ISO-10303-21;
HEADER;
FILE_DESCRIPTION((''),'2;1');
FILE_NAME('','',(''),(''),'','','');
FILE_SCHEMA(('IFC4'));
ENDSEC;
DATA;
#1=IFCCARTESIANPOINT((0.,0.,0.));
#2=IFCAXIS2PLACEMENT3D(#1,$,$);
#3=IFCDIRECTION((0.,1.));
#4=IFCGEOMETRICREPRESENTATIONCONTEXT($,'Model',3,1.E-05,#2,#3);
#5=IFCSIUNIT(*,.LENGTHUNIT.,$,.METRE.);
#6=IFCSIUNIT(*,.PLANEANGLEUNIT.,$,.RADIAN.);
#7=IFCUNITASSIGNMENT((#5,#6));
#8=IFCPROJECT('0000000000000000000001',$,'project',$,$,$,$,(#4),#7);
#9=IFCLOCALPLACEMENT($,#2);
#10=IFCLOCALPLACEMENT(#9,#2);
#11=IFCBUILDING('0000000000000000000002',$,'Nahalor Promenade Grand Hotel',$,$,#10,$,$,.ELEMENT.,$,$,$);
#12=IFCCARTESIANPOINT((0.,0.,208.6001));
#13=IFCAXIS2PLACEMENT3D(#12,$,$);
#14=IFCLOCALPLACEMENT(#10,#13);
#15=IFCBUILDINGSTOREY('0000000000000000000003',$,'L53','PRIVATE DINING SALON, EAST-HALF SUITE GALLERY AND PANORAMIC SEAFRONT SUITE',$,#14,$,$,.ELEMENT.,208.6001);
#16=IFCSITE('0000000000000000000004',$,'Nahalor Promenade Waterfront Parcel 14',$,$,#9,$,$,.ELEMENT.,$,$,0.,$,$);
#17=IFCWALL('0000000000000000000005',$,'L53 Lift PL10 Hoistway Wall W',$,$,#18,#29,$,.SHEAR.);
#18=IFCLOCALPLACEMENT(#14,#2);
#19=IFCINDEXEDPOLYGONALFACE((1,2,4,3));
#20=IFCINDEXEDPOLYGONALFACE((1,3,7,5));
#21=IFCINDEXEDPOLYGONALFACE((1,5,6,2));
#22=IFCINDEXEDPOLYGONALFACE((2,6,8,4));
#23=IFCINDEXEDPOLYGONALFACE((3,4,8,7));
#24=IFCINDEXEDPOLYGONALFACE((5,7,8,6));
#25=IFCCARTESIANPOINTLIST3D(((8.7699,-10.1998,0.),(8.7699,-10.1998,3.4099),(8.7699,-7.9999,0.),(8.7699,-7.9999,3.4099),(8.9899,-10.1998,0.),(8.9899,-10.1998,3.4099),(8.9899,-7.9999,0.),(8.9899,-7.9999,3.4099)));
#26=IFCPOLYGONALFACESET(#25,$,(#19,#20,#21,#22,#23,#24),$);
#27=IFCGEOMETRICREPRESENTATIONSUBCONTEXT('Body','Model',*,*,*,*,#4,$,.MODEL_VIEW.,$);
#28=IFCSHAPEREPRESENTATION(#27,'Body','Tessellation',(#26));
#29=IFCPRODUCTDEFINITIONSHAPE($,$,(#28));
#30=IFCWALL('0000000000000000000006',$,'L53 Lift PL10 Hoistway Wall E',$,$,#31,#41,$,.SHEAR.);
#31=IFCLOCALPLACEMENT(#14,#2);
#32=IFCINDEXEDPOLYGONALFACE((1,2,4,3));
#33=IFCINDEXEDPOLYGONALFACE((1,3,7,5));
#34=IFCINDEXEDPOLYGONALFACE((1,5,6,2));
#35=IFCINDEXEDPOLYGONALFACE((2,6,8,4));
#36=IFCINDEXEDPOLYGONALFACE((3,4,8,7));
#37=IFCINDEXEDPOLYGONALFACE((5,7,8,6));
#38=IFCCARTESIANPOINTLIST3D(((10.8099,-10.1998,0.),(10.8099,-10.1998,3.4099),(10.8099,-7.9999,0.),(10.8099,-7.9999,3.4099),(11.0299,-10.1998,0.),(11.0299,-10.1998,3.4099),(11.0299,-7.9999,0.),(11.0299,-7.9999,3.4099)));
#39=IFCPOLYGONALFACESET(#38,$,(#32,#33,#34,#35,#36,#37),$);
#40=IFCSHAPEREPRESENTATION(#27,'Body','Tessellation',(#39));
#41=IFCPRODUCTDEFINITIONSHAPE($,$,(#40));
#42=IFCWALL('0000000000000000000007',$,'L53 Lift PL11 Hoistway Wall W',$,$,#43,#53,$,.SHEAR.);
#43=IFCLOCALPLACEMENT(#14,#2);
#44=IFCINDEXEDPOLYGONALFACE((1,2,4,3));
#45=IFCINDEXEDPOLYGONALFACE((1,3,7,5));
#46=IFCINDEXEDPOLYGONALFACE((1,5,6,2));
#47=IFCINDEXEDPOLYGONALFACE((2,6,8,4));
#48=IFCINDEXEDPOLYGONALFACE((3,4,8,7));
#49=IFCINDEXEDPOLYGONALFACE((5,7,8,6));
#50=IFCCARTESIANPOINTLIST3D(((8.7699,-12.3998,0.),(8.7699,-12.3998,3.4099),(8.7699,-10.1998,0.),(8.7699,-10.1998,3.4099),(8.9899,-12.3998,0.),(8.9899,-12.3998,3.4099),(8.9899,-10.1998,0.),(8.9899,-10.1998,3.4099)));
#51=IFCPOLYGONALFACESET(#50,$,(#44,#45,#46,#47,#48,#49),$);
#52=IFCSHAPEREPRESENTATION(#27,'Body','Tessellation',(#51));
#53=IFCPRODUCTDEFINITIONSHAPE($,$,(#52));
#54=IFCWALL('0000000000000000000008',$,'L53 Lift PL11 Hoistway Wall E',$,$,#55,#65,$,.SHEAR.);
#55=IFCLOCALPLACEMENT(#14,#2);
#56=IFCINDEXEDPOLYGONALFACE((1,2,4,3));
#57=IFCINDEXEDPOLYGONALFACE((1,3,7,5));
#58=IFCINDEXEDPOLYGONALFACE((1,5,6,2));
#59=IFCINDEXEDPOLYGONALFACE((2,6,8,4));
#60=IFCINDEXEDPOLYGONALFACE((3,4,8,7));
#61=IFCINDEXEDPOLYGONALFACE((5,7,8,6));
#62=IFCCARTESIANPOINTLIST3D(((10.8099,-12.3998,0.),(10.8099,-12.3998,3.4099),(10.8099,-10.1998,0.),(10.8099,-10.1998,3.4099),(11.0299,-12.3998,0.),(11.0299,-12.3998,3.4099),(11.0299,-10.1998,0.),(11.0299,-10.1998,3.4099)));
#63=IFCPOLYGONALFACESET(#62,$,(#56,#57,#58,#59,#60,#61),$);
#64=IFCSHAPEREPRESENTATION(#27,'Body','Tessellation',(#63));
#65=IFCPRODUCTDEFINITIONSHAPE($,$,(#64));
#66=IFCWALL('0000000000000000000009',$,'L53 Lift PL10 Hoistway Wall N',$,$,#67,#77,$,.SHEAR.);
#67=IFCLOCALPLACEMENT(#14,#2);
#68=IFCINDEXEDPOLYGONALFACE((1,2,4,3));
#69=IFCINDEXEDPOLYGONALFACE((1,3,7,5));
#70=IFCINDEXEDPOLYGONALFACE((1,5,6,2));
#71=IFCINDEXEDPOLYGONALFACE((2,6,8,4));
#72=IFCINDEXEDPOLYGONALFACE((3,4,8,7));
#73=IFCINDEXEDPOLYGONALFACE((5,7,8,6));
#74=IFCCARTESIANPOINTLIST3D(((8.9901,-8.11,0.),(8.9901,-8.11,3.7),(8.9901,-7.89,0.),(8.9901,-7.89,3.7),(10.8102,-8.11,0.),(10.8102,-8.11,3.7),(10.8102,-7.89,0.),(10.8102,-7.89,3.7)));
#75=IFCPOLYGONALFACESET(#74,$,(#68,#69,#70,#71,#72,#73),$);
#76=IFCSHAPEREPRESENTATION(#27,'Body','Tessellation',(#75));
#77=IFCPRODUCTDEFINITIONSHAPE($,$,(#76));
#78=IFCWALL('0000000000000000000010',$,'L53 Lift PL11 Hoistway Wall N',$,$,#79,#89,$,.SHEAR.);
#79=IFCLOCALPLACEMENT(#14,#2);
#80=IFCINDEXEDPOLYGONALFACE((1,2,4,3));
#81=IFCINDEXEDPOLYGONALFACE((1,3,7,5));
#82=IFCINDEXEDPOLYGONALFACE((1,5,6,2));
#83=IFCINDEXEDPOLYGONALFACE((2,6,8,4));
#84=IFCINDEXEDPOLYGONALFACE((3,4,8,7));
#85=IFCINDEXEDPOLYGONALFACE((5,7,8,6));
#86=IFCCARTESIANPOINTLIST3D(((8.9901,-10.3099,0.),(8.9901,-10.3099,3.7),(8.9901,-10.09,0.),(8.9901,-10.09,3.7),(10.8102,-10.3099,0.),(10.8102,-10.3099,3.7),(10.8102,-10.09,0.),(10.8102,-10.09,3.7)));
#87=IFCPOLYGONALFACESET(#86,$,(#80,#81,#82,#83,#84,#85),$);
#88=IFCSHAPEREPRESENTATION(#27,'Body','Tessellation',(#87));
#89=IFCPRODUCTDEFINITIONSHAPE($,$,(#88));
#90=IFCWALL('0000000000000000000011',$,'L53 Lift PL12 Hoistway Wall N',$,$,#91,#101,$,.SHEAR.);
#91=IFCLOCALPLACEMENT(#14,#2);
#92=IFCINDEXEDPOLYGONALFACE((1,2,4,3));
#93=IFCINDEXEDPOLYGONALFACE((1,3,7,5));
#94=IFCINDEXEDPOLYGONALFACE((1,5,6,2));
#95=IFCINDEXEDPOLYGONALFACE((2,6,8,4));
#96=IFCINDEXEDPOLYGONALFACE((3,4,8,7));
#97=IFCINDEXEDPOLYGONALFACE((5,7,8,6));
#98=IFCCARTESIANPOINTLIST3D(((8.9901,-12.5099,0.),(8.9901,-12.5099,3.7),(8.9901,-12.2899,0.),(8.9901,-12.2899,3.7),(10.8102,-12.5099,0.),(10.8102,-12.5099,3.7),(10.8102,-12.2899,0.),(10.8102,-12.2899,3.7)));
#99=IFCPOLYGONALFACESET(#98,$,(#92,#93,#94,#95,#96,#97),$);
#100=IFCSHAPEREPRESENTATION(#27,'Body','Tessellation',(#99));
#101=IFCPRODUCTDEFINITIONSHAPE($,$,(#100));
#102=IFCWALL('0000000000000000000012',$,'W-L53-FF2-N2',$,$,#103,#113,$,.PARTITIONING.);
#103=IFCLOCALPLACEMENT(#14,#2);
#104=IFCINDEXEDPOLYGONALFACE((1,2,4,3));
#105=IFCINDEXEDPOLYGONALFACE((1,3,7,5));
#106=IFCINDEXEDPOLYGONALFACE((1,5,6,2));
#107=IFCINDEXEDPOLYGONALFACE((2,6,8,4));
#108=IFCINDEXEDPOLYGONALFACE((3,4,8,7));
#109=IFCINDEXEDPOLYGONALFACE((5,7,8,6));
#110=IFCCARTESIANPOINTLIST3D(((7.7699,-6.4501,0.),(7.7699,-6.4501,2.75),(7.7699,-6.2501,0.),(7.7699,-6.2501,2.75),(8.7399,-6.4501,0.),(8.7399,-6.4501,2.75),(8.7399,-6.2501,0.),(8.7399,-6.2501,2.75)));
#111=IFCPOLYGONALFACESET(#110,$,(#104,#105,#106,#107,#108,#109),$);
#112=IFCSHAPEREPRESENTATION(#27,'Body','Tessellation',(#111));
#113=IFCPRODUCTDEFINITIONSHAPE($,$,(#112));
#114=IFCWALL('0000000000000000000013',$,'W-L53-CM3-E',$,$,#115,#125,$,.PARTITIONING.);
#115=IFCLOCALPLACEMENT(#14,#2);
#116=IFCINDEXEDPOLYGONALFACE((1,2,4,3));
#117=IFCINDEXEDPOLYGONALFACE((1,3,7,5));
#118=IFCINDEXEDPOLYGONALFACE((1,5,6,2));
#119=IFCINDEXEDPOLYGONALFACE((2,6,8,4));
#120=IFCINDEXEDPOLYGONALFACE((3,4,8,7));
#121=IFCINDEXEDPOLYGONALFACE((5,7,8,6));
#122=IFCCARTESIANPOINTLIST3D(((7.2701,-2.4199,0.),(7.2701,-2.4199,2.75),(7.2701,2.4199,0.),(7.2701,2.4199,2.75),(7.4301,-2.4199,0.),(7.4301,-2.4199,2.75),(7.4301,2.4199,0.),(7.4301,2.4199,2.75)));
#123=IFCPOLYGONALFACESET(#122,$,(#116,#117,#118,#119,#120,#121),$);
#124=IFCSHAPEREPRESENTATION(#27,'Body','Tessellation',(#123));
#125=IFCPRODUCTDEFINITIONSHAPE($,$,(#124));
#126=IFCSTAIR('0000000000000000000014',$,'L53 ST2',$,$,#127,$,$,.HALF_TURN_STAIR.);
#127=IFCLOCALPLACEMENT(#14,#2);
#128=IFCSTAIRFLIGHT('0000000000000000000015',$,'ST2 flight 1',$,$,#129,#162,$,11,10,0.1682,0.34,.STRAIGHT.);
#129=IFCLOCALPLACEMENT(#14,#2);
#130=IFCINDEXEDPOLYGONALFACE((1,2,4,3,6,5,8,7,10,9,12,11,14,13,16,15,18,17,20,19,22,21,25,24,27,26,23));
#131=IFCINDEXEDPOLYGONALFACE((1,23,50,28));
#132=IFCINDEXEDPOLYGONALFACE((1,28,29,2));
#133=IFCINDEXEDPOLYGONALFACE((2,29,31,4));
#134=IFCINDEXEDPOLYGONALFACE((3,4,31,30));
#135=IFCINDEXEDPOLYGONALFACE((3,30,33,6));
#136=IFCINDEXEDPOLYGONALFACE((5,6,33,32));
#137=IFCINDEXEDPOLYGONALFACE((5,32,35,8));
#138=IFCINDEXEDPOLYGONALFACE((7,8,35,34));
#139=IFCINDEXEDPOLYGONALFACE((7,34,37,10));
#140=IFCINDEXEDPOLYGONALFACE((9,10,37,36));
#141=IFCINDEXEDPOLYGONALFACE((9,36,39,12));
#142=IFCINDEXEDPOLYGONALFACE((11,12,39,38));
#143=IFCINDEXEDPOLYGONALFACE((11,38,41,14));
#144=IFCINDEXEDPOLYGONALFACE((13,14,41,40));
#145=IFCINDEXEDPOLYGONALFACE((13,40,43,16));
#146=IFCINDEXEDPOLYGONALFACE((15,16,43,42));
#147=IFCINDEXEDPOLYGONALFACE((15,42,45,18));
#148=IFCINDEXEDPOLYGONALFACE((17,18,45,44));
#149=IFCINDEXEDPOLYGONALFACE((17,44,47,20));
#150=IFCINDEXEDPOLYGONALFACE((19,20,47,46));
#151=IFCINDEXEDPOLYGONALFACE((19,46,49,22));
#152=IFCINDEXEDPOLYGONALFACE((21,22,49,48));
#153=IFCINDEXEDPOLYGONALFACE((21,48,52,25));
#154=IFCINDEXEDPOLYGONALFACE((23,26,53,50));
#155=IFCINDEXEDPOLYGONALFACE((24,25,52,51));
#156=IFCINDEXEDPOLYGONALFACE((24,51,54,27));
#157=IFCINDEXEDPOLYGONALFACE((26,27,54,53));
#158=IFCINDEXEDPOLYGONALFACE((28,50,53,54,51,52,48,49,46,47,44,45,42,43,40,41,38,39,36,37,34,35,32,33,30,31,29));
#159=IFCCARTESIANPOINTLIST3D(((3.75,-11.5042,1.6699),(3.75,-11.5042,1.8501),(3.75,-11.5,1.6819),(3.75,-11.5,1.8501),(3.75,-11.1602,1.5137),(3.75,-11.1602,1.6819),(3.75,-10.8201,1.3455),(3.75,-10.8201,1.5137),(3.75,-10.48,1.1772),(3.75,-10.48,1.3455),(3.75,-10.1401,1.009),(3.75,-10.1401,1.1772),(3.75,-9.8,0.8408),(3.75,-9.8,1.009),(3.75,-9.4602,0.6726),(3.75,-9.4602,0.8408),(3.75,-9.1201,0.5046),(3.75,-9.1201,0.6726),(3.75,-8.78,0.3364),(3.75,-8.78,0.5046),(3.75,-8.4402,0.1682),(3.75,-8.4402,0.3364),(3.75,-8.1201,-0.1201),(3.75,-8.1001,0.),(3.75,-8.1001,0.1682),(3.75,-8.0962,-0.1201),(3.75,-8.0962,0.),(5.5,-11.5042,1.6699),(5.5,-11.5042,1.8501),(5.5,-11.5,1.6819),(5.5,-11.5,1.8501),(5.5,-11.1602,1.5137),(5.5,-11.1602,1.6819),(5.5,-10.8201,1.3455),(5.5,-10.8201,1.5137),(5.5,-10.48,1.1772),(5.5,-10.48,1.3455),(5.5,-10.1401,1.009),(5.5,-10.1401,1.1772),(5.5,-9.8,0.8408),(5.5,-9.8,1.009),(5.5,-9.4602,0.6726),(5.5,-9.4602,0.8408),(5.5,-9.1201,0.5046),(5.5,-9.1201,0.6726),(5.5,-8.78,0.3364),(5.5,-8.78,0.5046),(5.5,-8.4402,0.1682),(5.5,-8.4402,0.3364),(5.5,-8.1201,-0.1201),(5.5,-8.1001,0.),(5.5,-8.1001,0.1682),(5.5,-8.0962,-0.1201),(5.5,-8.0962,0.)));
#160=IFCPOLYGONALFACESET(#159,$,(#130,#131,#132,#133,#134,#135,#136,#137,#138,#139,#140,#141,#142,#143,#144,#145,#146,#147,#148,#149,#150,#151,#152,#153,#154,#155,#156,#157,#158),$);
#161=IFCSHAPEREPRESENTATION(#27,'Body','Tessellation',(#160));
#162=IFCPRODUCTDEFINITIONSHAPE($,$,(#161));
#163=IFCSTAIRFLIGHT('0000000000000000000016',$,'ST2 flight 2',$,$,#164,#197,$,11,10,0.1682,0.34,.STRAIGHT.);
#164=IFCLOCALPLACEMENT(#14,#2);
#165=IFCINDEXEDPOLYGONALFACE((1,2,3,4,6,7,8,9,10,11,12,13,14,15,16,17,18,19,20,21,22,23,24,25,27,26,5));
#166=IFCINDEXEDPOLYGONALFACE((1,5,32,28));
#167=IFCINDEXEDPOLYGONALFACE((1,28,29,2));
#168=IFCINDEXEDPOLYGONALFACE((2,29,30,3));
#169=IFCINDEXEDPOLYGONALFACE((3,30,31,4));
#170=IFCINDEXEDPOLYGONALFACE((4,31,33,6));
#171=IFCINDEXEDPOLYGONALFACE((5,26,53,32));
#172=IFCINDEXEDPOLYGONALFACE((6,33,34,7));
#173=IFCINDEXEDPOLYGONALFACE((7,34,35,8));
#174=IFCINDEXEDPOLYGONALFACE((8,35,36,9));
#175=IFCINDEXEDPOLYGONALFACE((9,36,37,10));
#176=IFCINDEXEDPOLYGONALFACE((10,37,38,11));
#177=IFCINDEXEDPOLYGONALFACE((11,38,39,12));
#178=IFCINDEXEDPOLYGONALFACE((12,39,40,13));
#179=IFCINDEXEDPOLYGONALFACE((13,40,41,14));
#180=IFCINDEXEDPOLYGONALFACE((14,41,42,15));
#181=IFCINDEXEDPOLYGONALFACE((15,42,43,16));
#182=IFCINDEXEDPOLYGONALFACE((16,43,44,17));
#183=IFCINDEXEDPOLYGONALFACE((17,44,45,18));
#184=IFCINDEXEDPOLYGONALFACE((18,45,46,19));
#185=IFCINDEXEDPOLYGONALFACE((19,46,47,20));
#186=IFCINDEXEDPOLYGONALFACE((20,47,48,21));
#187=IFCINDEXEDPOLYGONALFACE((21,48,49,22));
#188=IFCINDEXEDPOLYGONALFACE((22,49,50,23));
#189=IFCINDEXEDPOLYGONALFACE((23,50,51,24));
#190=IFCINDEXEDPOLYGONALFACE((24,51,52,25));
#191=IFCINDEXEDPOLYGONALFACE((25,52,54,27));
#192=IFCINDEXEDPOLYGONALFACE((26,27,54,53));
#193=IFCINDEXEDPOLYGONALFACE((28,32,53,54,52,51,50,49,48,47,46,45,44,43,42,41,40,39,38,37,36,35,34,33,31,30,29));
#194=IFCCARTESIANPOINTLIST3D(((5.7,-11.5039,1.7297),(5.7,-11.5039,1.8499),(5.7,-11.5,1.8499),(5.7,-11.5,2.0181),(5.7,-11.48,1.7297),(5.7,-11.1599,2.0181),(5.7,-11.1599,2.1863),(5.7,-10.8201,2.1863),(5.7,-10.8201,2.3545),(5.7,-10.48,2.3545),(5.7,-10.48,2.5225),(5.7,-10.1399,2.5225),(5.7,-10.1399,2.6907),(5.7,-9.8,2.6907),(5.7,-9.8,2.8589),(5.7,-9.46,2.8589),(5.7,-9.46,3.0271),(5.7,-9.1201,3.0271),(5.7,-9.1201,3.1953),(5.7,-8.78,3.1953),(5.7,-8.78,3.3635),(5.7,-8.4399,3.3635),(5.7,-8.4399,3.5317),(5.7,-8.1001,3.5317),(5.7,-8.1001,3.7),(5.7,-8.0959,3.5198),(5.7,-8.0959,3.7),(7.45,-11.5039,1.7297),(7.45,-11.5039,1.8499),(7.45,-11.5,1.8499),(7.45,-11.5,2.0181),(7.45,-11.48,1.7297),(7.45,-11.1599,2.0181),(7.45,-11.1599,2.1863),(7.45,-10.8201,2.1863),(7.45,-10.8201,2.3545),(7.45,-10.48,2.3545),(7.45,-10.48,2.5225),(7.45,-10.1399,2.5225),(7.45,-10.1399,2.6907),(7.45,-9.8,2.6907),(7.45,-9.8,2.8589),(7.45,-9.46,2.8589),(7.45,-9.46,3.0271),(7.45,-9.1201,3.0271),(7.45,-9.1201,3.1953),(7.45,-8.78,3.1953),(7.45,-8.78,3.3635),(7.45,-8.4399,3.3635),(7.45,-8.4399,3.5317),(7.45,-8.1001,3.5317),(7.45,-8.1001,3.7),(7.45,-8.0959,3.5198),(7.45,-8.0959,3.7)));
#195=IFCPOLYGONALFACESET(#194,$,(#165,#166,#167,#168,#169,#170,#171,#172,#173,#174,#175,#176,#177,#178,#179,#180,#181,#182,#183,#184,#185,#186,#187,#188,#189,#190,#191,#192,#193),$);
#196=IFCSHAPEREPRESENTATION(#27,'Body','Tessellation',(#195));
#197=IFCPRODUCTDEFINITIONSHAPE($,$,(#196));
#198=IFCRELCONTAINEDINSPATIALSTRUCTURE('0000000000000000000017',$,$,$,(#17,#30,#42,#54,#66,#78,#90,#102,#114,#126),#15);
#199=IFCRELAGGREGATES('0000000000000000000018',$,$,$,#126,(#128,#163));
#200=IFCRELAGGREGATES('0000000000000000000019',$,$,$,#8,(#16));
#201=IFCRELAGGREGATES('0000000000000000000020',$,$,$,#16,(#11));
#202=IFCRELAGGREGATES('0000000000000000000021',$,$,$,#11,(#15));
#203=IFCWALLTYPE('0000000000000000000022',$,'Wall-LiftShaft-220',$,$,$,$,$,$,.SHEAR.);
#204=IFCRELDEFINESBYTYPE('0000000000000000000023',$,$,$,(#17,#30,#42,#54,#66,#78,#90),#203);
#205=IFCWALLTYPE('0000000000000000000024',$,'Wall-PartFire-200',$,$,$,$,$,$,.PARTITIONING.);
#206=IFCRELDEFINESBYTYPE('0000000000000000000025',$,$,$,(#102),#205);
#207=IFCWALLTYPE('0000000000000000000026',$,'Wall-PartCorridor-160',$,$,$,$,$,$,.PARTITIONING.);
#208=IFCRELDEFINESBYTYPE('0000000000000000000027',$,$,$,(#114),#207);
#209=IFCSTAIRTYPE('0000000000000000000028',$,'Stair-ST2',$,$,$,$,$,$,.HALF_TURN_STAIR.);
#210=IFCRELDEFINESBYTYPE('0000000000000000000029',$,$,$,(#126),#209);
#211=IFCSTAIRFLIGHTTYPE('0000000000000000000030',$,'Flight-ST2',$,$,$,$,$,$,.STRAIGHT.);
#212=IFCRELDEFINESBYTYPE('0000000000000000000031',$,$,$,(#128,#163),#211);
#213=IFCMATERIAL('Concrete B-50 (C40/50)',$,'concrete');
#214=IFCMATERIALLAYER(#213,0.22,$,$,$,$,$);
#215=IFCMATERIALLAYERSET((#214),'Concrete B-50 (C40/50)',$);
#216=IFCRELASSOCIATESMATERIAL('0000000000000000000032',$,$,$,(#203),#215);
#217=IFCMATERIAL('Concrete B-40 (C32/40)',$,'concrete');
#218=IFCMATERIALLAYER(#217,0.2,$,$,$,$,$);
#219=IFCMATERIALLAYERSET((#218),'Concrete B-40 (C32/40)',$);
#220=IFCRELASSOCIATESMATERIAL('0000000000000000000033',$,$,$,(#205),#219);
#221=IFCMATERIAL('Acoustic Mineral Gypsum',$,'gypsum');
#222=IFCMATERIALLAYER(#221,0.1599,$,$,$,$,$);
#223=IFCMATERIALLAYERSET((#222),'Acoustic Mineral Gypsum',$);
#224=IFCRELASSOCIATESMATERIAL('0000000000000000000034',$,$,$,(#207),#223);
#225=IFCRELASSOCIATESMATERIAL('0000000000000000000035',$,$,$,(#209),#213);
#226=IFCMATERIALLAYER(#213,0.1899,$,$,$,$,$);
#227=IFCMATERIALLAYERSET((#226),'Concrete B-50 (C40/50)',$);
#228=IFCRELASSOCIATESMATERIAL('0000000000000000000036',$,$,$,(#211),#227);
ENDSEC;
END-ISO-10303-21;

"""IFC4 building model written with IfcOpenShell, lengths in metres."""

from ifc_helpers import new_model, si_unit, direction, frame, frame_2d, origin, place, context, subcontext, project, spatial, polyline, rectangle, outline, extrude, source, transform, mapped, material, layer, layer_set, type_object, element, aggregate, save


model = new_model("IFC4")

# Units and contexts
model_context = context("Model", 3, precision=1e-05, world=origin(), true_north=direction((0.0, 1.0)))
body_context = subcontext(model_context, "Body", "Model", "MODEL_VIEW")
ifc_project = project(units=[si_unit("LENGTHUNIT", "METRE"), si_unit("PLANEANGLEUNIT", "RADIAN")], contexts=[model_context])

# Site, building, storey
site_placement = place(None, origin())
site = spatial("IfcSite", under=ifc_project, at=site_placement, Name="Nahalor Promenade Waterfront Parcel 14", CompositionType="ELEMENT", RefElevation=0.0)
building_placement = place(site_placement, origin())
building = spatial("IfcBuilding", under=site, at=building_placement, Name="Nahalor Promenade Grand Hotel", CompositionType="ELEMENT")
storey_placement = place(building_placement, frame((0.0, 0.0, 208.6001)))
storey = spatial("IfcBuildingStorey", under=building, at=storey_placement, Name="L53", Description="PRIVATE DINING SALON, EAST-HALF SUITE GALLERY AND PANORAMIC SEAFRONT SUITE", CompositionType="ELEMENT", Elevation=208.6001)

# Shared definitions
ifc_material_1 = material(Name="Concrete B-50 (C40/50)", Category="concrete")
ifc_layer_1 = layer(ifc_material_1, 0.22)
ifc_layer_set_1 = layer_set([ifc_layer_1], Name="Concrete B-50 (C40/50)")
wall_type_1 = type_object("IfcWallType", Name="Wall-LiftShaft-220", PredefinedType="SHEAR", material=ifc_layer_set_1)

# Shared definitions
shared_shape_1 = source(origin(), body_context, "Body", "SweptSolid", [
    extrude(rectangle(XDim=2.2, YDim=0.22, at=frame_2d((1.1001, 0.0))), origin(), (0.0, 0.0, 1.0), 3.4099),
])

# Walls
for number, where, z_axis, x_axis, name in (
    (1, (8.8799, -10.2, 0.0), (0.0, 0.0, 1.0), (0.0, 1.0, 0.0), "L53 Lift PL10 Hoistway Wall W"),
    (2, (10.9199, -10.2, 0.0), (0.0, 0.0, 1.0), (0.0, 1.0, 0.0), "L53 Lift PL10 Hoistway Wall E"),
    (3, (8.8799, -12.3999, 0.0), (0.0, 0.0, 1.0), (0.0, 1.0, 0.0), "L53 Lift PL11 Hoistway Wall W"),
    (4, (10.9199, -12.3999, 0.0), (0.0, 0.0, 1.0), (0.0, 1.0, 0.0), "L53 Lift PL11 Hoistway Wall E"),
):
    element("IfcWall", number, at=place(storey_placement, frame(where, z_axis=z_axis, x_axis=x_axis)), inside=storey, type_object=wall_type_1, Name=name, PredefinedType="SHEAR", context=body_context, shape_type="MappedRepresentation", body=[
        mapped(shared_shape_1, transform((0.0, 0.0, 0.0), scale=1.0)),
    ])
shared_shape_2 = source(origin(), body_context, "Body", "SweptSolid", [
    extrude(rectangle(XDim=1.8201, YDim=0.22, at=frame_2d((0.9102, 0.0))), origin(), (0.0, 0.0, 1.0), 3.7),
])
for number, where, z_axis, x_axis, name in (
    (5, (8.99, -8.0, 0.0), (0.0, 0.0, 1.0), (1.0, 0.0, 0.0), "L53 Lift PL10 Hoistway Wall N"),
    (6, (8.99, -10.2, 0.0), (0.0, 0.0, 1.0), (1.0, 0.0, 0.0), "L53 Lift PL11 Hoistway Wall N"),
    (7, (8.99, -12.3999, 0.0), (0.0, 0.0, 1.0), (1.0, 0.0, 0.0), "L53 Lift PL12 Hoistway Wall N"),
):
    element("IfcWall", number, at=place(storey_placement, frame(where, z_axis=z_axis, x_axis=x_axis)), inside=storey, type_object=wall_type_1, Name=name, PredefinedType="SHEAR", context=body_context, shape_type="MappedRepresentation", body=[
        mapped(shared_shape_2, transform((0.0, 0.0, 0.0), scale=1.0)),
    ])
ifc_material_2 = material(Name="Concrete B-40 (C32/40)", Category="concrete")
ifc_layer_2 = layer(ifc_material_2, 0.2)
ifc_layer_set_2 = layer_set([ifc_layer_2], Name="Concrete B-40 (C32/40)")
wall_type_2 = type_object("IfcWallType", Name="Wall-PartFire-200", PredefinedType="PARTITIONING", material=ifc_layer_set_2)
shared_shape_3 = source(origin(), body_context, "Body", "SweptSolid", [
    extrude(rectangle(XDim=0.97, YDim=0.2, at=frame_2d((0.4849, 0.0))), origin(), (0.0, 0.0, 1.0), 2.75),
])
wall_1_placement = place(storey_placement, frame((7.77, -6.3501, 0.0), z_axis=(0.0, 0.0, 1.0), x_axis=(1.0, 0.0, 0.0)))
element("IfcWall", 8, at=wall_1_placement, inside=storey, type_object=wall_type_2, Name="W-L53-FF2-N2", PredefinedType="PARTITIONING", context=body_context, shape_type="MappedRepresentation", body=[
    mapped(shared_shape_3, transform((0.0, 0.0, 0.0), scale=1.0)),
])
ifc_material_3 = material(Name="Acoustic Mineral Gypsum", Category="gypsum")
ifc_layer_3 = layer(ifc_material_3, 0.1599)
ifc_layer_set_3 = layer_set([ifc_layer_3], Name="Acoustic Mineral Gypsum")
wall_type_3 = type_object("IfcWallType", Name="Wall-PartCorridor-160", PredefinedType="PARTITIONING", material=ifc_layer_set_3)
shared_shape_4 = source(origin(), body_context, "Body", "SweptSolid", [
    extrude(rectangle(XDim=4.8398, YDim=0.1599, at=frame_2d((2.4199, 0.0))), origin(), (0.0, 0.0, 1.0), 2.75),
])
wall_2_placement = place(storey_placement, frame((7.3501, -2.4199, 0.0), z_axis=(0.0, 0.0, 1.0), x_axis=(0.0, 1.0, 0.0)))
element("IfcWall", 9, at=wall_2_placement, inside=storey, type_object=wall_type_3, Name="W-L53-CM3-E", PredefinedType="PARTITIONING", context=body_context, shape_type="MappedRepresentation", body=[
    mapped(shared_shape_4, transform((0.0, 0.0, 0.0), scale=1.0)),
])

# Stair, stair flights
stair_type = type_object("IfcStairType", Name="Stair-ST2", PredefinedType="HALF_TURN_STAIR", material=ifc_material_1)
stair_placement = place(storey_placement, origin())
stair = element("IfcStair", 10, at=stair_placement, inside=storey, type_object=stair_type, Name="L53 ST2", PredefinedType="HALF_TURN_STAIR")
ifc_layer_4 = layer(ifc_material_1, 0.1899)
ifc_layer_set_4 = layer_set([ifc_layer_4], Name="Concrete B-50 (C40/50)")
stair_flight_type = type_object("IfcStairFlightType", Name="Flight-ST2", PredefinedType="STRAIGHT", material=ifc_layer_set_4)
shared_shape_5 = source(origin(), body_context, "Body", "SweptSolid", [
    extrude(outline(polyline([(-0.0039, -0.1201), (-0.0039, 0.0), (0.0, 0.0), (0.0, 0.1682), (0.3401, 0.1682), (0.3401, 0.3364), (0.6799, 0.3364), (0.6799, 0.5046), (1.02, 0.5046), (1.02, 0.6726), (1.3601, 0.6726), (1.3601, 0.8408), (1.7, 0.8408), (1.7, 1.009), (2.04, 1.009), (2.04, 1.1772), (2.3799, 1.1772), (2.3799, 1.3455), (2.72, 1.3455), (2.72, 1.5137), (3.0601, 1.5137), (3.0601, 1.6819), (3.3999, 1.6819), (3.3999, 1.8501), (3.4041, 1.8501), (3.4041, 1.6699), (0.02, -0.1201), (-0.0039, -0.1201)])), frame((0.0, 0.875, 0.0), z_axis=(0.0, -1.0, 0.0), x_axis=(1.0, 0.0, 0.0)), (0.0, 0.0, 1.0), 1.75),
])
stair_flight_1_placement = place(storey_placement, frame((4.625, -8.1001, 0.0), z_axis=(0.0, 0.0, 1.0), x_axis=(0.0, -1.0, 0.0)))
stair_flight_1 = element("IfcStairFlight", 11, at=stair_flight_1_placement, type_object=stair_flight_type, Name="ST2 flight 1", NumberOfRisers=11, NumberOfTreads=10, PredefinedType="STRAIGHT", RiserHeight=0.1682, TreadLength=0.34, context=body_context, shape_type="MappedRepresentation", body=[
    mapped(shared_shape_5, transform((0.0, 0.0, 0.0), scale=1.0)),
])
stair_flight_2_placement = place(storey_placement, frame((6.575, -11.5, 1.8499), z_axis=(0.0, 0.0, 1.0), x_axis=(0.0, 1.0, 0.0)))
stair_flight_2 = element("IfcStairFlight", 12, at=stair_flight_2_placement, type_object=stair_flight_type, Name="ST2 flight 2", NumberOfRisers=11, NumberOfTreads=10, PredefinedType="STRAIGHT", RiserHeight=0.1682, TreadLength=0.34, context=body_context, shape_type="MappedRepresentation", body=[
    mapped(shared_shape_5, transform((0.0, 0.0, 0.0), scale=1.0)),
])
aggregate(stair, [stair_flight_1, stair_flight_2])

save(model, "model.ifc")
